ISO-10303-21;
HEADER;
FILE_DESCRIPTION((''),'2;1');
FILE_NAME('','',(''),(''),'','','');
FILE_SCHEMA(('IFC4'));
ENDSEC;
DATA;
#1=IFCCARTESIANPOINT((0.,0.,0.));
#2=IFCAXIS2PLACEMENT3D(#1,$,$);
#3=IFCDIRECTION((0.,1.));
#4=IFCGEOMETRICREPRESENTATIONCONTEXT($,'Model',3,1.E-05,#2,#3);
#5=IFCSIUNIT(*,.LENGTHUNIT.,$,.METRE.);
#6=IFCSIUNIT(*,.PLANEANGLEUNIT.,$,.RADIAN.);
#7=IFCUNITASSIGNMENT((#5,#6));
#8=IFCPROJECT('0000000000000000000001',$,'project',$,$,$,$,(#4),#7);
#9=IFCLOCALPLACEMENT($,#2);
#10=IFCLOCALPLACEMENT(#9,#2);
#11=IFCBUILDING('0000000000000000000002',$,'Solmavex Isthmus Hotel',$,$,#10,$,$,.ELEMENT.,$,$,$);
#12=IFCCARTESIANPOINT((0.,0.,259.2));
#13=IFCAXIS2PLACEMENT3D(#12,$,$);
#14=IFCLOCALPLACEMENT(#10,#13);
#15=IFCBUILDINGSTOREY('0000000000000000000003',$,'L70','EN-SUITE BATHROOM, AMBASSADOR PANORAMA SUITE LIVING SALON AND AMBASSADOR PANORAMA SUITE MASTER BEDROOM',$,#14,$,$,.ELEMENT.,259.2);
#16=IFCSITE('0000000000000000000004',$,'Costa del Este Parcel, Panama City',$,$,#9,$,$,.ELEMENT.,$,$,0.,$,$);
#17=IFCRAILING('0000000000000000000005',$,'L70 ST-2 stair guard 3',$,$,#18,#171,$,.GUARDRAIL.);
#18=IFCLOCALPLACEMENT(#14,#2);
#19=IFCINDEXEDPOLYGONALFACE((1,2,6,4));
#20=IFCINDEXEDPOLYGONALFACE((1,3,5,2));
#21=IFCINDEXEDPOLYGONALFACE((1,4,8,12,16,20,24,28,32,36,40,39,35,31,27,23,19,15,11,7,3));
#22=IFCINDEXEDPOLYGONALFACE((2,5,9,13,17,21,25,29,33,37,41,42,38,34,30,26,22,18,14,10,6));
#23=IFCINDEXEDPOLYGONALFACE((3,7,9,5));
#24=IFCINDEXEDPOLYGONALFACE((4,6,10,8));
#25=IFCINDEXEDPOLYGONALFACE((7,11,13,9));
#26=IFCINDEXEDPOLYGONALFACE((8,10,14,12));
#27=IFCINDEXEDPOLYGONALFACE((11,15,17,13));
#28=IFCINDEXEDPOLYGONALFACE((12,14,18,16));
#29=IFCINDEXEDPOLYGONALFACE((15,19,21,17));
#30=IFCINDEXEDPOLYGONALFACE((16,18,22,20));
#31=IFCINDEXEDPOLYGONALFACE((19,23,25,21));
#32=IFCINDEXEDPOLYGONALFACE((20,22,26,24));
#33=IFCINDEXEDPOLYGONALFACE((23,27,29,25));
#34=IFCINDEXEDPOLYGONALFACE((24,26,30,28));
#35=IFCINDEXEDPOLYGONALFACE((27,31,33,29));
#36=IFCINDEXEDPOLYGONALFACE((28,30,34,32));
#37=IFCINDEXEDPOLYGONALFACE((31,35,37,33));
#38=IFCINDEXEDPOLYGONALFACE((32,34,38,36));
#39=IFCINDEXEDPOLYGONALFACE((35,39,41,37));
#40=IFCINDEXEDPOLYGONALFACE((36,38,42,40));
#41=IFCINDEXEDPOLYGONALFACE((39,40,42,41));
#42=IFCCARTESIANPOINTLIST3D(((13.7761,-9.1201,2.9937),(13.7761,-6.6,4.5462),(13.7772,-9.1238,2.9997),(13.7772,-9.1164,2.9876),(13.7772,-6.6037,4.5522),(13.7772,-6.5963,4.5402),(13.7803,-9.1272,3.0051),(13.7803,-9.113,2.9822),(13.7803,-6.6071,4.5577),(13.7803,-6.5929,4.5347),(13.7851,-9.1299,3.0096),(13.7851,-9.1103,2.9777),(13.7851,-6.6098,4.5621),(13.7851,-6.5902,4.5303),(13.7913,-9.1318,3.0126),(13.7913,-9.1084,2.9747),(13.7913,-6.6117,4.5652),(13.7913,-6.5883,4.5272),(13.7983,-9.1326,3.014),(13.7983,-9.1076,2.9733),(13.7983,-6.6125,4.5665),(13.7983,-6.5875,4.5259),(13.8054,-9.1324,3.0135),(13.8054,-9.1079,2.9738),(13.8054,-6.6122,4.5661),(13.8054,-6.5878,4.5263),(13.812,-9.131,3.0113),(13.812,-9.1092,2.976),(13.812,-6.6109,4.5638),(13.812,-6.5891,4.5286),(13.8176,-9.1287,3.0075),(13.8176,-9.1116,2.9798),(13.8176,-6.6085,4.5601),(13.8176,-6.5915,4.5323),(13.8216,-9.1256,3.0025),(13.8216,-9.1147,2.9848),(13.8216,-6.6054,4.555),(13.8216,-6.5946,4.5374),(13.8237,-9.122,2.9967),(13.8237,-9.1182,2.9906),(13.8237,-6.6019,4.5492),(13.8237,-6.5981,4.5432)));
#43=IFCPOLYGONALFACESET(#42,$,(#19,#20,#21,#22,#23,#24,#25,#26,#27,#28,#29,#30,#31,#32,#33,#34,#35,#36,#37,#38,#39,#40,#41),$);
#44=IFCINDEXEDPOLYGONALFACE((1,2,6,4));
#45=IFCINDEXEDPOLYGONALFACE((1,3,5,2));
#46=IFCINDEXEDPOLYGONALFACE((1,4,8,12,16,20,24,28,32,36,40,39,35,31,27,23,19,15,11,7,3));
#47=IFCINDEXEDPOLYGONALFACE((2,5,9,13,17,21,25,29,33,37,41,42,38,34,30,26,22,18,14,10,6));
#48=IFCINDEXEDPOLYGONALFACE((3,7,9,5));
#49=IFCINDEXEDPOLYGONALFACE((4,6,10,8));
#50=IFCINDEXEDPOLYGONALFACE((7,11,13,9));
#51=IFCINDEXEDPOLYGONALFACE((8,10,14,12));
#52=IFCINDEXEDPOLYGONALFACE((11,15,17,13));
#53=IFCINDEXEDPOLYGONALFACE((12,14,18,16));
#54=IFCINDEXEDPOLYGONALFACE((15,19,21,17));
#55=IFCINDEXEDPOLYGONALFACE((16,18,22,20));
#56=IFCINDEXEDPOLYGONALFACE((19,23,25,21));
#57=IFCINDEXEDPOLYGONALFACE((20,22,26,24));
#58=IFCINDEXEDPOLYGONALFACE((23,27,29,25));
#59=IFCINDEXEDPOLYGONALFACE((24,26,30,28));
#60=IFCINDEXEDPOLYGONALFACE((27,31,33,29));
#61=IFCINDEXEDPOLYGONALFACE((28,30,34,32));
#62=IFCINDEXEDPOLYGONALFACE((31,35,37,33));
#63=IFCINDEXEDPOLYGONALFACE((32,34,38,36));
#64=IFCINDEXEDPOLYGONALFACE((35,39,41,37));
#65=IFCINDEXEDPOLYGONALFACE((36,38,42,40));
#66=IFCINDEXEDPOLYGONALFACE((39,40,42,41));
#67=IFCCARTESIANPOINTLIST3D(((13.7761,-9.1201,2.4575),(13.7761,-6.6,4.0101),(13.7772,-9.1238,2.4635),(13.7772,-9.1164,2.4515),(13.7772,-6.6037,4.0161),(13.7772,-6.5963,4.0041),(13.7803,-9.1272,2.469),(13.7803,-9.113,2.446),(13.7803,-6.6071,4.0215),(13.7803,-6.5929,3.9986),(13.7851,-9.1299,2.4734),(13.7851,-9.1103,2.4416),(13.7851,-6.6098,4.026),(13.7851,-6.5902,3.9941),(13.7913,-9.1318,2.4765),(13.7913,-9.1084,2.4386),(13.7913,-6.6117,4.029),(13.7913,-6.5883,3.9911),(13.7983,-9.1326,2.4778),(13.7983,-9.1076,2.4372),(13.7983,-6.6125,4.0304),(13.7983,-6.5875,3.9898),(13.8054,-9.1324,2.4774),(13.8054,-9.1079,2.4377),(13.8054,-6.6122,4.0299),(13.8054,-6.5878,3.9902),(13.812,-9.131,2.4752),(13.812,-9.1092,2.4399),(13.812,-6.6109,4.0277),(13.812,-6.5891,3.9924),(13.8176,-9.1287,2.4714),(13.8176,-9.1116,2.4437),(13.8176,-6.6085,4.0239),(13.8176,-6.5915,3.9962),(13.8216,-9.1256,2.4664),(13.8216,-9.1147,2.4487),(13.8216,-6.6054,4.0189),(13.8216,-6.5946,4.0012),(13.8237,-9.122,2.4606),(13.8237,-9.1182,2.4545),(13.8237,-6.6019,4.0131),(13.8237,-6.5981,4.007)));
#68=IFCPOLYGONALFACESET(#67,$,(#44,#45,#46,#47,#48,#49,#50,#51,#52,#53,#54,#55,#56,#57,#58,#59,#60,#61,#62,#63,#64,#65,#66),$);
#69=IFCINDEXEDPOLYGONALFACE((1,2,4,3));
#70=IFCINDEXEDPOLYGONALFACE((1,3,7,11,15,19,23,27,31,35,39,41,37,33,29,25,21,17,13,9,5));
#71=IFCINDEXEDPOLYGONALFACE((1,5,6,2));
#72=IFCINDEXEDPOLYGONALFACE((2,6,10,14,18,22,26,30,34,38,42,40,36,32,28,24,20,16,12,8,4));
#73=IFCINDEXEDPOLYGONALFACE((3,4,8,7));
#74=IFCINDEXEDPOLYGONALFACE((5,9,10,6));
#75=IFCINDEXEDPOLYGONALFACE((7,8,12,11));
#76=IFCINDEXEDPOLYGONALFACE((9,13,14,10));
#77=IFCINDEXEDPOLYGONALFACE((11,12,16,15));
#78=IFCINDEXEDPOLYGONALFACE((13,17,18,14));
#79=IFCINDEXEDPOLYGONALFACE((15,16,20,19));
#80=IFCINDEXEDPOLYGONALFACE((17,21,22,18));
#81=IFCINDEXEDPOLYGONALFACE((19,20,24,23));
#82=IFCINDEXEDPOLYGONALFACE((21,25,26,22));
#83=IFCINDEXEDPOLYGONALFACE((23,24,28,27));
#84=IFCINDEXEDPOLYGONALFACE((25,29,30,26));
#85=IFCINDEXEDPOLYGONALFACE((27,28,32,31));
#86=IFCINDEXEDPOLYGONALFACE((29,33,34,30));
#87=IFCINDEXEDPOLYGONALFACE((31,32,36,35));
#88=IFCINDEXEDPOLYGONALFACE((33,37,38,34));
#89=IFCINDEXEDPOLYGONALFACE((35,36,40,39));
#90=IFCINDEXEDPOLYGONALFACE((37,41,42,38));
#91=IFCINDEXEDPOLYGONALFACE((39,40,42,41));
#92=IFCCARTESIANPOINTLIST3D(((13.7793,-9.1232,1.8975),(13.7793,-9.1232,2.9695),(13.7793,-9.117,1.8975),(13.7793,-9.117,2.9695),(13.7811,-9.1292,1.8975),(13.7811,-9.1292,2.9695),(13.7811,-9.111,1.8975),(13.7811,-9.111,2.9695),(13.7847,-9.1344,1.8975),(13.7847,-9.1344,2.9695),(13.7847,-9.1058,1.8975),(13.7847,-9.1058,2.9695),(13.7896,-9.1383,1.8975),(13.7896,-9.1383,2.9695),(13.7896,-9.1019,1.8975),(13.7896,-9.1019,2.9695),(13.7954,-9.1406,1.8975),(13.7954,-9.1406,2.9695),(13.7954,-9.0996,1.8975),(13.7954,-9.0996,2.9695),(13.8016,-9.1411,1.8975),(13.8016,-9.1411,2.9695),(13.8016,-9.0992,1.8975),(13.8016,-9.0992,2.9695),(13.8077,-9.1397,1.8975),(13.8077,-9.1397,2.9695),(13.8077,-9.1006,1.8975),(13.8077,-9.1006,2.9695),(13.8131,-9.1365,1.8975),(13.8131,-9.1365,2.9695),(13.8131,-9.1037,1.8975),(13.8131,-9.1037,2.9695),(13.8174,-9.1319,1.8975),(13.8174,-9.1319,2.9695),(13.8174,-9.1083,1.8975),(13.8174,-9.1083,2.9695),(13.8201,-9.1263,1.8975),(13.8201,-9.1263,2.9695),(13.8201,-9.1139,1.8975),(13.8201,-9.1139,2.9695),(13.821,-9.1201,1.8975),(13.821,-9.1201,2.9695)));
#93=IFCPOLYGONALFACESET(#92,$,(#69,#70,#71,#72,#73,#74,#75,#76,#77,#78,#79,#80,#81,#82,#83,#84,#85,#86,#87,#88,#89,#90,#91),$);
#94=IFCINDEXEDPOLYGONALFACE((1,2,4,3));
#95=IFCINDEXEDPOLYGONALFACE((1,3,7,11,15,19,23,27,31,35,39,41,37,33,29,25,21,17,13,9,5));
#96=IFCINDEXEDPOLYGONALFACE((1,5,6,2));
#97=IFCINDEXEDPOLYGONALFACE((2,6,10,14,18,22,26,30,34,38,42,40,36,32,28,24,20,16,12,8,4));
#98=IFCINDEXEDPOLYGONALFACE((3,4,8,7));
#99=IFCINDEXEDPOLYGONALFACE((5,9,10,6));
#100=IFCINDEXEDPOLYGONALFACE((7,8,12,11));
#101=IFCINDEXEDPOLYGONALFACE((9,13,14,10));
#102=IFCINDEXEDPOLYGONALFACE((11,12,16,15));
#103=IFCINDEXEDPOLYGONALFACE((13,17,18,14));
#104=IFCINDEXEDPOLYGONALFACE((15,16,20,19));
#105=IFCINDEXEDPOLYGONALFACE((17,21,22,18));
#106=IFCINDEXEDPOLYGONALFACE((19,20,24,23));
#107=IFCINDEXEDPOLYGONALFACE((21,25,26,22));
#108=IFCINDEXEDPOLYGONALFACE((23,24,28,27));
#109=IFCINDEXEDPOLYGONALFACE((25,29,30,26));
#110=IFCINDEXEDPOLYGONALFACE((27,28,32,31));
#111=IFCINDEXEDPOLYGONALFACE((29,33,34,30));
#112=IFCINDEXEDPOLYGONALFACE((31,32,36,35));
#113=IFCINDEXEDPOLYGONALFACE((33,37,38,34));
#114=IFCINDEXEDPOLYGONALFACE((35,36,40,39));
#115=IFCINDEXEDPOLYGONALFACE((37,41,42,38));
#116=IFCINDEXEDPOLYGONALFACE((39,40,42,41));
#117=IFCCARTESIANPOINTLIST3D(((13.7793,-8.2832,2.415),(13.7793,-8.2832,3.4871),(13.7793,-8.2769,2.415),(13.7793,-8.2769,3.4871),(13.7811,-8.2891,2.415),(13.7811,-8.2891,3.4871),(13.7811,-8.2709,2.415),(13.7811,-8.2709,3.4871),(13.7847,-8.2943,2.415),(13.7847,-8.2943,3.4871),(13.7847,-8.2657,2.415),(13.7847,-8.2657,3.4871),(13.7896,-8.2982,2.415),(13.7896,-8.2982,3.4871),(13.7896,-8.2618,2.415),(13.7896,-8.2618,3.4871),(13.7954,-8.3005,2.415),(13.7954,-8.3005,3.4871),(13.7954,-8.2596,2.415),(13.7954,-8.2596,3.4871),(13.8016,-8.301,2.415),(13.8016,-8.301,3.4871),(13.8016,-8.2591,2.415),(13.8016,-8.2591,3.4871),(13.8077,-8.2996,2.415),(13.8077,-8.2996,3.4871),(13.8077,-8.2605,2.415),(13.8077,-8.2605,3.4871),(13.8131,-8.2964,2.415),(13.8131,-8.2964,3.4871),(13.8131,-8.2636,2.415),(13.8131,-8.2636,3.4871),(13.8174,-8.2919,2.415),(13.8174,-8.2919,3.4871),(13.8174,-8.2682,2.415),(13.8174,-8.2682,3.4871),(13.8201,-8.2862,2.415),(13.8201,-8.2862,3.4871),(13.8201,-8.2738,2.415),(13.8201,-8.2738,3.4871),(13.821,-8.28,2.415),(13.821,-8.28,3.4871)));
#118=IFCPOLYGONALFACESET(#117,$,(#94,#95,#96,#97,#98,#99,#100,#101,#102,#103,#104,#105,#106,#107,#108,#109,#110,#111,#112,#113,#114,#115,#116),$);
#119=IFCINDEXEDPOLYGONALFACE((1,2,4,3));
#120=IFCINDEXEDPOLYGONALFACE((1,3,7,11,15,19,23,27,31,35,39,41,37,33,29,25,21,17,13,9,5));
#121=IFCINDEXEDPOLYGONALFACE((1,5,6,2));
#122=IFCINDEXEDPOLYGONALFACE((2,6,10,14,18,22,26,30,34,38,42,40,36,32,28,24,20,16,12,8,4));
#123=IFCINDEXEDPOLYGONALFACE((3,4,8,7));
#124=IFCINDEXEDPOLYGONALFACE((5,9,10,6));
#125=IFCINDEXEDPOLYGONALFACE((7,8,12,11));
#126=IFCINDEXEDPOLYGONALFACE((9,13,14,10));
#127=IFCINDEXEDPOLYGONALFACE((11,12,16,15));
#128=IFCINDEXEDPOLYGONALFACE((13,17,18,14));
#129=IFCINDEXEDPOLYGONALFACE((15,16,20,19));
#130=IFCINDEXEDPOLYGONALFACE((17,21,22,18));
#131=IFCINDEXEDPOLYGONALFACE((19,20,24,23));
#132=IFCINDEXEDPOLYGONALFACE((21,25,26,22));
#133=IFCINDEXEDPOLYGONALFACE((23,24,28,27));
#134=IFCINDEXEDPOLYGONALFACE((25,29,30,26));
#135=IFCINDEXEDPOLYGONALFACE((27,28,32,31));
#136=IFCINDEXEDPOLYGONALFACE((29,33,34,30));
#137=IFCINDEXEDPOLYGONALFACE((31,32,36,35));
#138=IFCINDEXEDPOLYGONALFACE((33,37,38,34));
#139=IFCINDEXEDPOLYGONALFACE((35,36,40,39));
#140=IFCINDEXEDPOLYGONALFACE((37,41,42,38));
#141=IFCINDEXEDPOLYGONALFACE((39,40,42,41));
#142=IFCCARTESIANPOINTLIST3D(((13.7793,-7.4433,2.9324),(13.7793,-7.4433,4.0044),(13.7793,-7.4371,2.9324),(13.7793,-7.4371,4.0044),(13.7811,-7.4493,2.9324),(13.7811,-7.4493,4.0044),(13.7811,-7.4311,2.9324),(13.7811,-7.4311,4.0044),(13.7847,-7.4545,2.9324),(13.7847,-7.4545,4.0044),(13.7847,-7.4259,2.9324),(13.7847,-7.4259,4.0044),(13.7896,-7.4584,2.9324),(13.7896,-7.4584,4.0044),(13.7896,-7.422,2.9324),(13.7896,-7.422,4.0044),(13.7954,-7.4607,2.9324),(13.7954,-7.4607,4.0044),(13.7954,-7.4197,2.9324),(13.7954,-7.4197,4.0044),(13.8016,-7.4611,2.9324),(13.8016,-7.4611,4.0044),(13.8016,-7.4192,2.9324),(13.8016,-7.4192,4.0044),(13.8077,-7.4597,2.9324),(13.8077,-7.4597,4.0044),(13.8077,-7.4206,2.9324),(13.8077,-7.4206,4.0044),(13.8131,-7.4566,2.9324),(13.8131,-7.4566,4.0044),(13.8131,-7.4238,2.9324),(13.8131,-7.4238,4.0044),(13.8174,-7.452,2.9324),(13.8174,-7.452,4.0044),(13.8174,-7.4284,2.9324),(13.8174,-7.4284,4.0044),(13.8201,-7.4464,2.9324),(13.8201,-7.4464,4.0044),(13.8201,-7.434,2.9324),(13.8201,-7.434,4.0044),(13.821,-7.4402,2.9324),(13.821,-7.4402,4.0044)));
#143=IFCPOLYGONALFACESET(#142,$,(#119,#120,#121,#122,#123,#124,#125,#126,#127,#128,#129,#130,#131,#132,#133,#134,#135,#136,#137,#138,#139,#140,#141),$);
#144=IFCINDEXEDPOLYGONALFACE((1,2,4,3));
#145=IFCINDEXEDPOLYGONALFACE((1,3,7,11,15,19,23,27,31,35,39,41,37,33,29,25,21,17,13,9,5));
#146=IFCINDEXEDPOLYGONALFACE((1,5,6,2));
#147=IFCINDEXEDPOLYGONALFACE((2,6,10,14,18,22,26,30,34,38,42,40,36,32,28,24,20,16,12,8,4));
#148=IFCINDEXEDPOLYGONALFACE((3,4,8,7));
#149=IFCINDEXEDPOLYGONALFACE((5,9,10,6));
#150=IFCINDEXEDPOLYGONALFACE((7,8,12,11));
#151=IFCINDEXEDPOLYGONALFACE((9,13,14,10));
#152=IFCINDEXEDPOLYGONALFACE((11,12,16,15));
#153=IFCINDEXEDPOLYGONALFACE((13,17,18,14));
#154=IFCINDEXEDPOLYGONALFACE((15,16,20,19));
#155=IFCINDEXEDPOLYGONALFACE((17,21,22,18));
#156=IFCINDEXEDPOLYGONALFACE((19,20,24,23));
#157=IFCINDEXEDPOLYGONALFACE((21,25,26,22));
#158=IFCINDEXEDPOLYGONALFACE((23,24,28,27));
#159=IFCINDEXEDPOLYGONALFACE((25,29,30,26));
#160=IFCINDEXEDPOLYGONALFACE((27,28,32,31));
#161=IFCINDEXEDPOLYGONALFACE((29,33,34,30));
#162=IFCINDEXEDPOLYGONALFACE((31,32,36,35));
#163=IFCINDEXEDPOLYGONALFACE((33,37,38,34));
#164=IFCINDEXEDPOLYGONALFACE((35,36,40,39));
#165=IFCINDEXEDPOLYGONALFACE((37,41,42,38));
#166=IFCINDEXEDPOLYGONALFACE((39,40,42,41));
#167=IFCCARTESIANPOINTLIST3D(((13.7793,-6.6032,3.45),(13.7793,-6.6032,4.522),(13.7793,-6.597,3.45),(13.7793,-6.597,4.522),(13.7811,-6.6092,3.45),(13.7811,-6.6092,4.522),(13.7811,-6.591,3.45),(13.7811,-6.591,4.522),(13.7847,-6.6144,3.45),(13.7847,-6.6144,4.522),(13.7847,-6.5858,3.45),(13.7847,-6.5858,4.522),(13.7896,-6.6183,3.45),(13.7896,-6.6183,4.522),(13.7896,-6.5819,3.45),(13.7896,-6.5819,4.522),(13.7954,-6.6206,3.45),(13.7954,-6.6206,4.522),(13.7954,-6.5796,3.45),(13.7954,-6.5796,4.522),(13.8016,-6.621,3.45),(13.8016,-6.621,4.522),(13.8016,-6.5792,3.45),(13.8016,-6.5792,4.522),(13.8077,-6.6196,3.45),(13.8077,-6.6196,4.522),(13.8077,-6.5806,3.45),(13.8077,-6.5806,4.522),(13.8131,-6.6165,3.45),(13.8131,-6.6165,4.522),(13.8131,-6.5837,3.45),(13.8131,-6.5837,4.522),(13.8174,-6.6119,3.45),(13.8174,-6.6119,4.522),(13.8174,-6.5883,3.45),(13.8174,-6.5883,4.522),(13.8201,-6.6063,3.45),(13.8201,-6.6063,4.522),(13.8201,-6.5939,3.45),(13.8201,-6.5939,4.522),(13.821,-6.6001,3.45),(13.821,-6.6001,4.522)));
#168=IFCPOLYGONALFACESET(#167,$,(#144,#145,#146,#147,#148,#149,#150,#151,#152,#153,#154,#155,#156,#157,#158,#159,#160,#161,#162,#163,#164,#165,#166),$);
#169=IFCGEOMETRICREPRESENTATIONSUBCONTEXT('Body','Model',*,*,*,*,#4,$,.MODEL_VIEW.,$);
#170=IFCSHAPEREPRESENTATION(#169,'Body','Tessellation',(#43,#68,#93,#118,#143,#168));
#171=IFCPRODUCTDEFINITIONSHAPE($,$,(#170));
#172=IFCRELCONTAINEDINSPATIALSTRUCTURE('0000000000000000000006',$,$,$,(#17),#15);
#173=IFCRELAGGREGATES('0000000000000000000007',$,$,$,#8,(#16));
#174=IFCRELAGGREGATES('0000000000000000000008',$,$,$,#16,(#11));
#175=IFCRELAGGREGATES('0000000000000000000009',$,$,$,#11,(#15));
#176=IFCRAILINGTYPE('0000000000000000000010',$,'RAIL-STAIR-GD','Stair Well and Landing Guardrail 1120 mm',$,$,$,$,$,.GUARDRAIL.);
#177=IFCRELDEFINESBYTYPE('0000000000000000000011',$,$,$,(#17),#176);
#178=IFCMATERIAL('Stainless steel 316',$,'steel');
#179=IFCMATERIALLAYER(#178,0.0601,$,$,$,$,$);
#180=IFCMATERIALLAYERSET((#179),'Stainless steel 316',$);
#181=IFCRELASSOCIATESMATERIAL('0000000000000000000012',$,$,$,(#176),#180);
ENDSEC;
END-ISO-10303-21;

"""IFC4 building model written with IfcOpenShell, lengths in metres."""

from ifc_helpers import new_model, si_unit, direction, frame, origin, origin_2d, place, context, subcontext, project, spatial, circle, extrude, material, layer, layer_set, type_object, element, save


model = new_model("IFC4")

# Units and contexts
model_context = context("Model", 3, precision=1e-05, world=origin(), true_north=direction((0.0, 1.0)))
body_context = subcontext(model_context, "Body", "Model", "MODEL_VIEW")
ifc_project = project(units=[si_unit("LENGTHUNIT", "METRE"), si_unit("PLANEANGLEUNIT", "RADIAN")], contexts=[model_context])

# Site, building, storey
site_placement = place(None, origin())
site = spatial("IfcSite", under=ifc_project, at=site_placement, Name="Costa del Este Parcel, Panama City", CompositionType="ELEMENT", RefElevation=0.0)
building_placement = place(site_placement, origin())
building = spatial("IfcBuilding", under=site, at=building_placement, Name="Solmavex Isthmus Hotel", CompositionType="ELEMENT")
storey_placement = place(building_placement, frame((0.0, 0.0, 259.2)))
storey = spatial("IfcBuildingStorey", under=building, at=storey_placement, Name="L70", Description="EN-SUITE BATHROOM, AMBASSADOR PANORAMA SUITE LIVING SALON AND AMBASSADOR PANORAMA SUITE MASTER BEDROOM", CompositionType="ELEMENT", Elevation=259.2)

# Railing
ifc_material_1 = material(Name="Stainless steel 316", Category="steel")
ifc_layer_1 = layer(ifc_material_1, 0.0601)
ifc_layer_set_1 = layer_set([ifc_layer_1], Name="Stainless steel 316")
railing_type_1 = type_object("IfcRailingType", Name="RAIL-STAIR-GD", Description="Stair Well and Landing Guardrail 1120 mm", PredefinedType="GUARDRAIL", material=ifc_layer_set_1)
railing_1_placement = place(storey_placement, frame((13.8, -9.1201, 1.8975)))
element("IfcRailing", 1, at=railing_1_placement, inside=storey, type_object=railing_type_1, Name="L70 ST-2 stair guard 3", PredefinedType="GUARDRAIL", context=body_context, shape_type="SweptSolid", body=[
    extrude(circle(Radius=0.0239, at=origin_2d()), frame((0.0, 0.0, 1.0962), z_axis=(0.0, 0.8514, 0.524516), x_axis=(-1.0, 0.0, 0.0)), (0.0, 0.0, 1.0), 2.96),
    extrude(circle(Radius=0.0239, at=origin_2d()), frame((0.0, 0.0, 0.5601), z_axis=(0.0, 0.8514, 0.524516), x_axis=(-1.0, 0.0, 0.0)), (0.0, 0.0, 1.0), 2.96),
    extrude(circle(Radius=0.021, at=origin_2d()), origin(), (0.0, 0.0, 1.0), 1.072),
    extrude(circle(Radius=0.021, at=origin_2d()), frame((0.0, 0.8401, 0.5176)), (0.0, 0.0, 1.0), 1.072),
    extrude(circle(Radius=0.021, at=origin_2d()), frame((0.0, 1.6799, 1.0349)), (0.0, 0.0, 1.0), 1.072),
    extrude(circle(Radius=0.021, at=origin_2d()), frame((0.0, 2.52, 1.5525)), (0.0, 0.0, 1.0), 1.072),
])

save(model, "model.ifc")
